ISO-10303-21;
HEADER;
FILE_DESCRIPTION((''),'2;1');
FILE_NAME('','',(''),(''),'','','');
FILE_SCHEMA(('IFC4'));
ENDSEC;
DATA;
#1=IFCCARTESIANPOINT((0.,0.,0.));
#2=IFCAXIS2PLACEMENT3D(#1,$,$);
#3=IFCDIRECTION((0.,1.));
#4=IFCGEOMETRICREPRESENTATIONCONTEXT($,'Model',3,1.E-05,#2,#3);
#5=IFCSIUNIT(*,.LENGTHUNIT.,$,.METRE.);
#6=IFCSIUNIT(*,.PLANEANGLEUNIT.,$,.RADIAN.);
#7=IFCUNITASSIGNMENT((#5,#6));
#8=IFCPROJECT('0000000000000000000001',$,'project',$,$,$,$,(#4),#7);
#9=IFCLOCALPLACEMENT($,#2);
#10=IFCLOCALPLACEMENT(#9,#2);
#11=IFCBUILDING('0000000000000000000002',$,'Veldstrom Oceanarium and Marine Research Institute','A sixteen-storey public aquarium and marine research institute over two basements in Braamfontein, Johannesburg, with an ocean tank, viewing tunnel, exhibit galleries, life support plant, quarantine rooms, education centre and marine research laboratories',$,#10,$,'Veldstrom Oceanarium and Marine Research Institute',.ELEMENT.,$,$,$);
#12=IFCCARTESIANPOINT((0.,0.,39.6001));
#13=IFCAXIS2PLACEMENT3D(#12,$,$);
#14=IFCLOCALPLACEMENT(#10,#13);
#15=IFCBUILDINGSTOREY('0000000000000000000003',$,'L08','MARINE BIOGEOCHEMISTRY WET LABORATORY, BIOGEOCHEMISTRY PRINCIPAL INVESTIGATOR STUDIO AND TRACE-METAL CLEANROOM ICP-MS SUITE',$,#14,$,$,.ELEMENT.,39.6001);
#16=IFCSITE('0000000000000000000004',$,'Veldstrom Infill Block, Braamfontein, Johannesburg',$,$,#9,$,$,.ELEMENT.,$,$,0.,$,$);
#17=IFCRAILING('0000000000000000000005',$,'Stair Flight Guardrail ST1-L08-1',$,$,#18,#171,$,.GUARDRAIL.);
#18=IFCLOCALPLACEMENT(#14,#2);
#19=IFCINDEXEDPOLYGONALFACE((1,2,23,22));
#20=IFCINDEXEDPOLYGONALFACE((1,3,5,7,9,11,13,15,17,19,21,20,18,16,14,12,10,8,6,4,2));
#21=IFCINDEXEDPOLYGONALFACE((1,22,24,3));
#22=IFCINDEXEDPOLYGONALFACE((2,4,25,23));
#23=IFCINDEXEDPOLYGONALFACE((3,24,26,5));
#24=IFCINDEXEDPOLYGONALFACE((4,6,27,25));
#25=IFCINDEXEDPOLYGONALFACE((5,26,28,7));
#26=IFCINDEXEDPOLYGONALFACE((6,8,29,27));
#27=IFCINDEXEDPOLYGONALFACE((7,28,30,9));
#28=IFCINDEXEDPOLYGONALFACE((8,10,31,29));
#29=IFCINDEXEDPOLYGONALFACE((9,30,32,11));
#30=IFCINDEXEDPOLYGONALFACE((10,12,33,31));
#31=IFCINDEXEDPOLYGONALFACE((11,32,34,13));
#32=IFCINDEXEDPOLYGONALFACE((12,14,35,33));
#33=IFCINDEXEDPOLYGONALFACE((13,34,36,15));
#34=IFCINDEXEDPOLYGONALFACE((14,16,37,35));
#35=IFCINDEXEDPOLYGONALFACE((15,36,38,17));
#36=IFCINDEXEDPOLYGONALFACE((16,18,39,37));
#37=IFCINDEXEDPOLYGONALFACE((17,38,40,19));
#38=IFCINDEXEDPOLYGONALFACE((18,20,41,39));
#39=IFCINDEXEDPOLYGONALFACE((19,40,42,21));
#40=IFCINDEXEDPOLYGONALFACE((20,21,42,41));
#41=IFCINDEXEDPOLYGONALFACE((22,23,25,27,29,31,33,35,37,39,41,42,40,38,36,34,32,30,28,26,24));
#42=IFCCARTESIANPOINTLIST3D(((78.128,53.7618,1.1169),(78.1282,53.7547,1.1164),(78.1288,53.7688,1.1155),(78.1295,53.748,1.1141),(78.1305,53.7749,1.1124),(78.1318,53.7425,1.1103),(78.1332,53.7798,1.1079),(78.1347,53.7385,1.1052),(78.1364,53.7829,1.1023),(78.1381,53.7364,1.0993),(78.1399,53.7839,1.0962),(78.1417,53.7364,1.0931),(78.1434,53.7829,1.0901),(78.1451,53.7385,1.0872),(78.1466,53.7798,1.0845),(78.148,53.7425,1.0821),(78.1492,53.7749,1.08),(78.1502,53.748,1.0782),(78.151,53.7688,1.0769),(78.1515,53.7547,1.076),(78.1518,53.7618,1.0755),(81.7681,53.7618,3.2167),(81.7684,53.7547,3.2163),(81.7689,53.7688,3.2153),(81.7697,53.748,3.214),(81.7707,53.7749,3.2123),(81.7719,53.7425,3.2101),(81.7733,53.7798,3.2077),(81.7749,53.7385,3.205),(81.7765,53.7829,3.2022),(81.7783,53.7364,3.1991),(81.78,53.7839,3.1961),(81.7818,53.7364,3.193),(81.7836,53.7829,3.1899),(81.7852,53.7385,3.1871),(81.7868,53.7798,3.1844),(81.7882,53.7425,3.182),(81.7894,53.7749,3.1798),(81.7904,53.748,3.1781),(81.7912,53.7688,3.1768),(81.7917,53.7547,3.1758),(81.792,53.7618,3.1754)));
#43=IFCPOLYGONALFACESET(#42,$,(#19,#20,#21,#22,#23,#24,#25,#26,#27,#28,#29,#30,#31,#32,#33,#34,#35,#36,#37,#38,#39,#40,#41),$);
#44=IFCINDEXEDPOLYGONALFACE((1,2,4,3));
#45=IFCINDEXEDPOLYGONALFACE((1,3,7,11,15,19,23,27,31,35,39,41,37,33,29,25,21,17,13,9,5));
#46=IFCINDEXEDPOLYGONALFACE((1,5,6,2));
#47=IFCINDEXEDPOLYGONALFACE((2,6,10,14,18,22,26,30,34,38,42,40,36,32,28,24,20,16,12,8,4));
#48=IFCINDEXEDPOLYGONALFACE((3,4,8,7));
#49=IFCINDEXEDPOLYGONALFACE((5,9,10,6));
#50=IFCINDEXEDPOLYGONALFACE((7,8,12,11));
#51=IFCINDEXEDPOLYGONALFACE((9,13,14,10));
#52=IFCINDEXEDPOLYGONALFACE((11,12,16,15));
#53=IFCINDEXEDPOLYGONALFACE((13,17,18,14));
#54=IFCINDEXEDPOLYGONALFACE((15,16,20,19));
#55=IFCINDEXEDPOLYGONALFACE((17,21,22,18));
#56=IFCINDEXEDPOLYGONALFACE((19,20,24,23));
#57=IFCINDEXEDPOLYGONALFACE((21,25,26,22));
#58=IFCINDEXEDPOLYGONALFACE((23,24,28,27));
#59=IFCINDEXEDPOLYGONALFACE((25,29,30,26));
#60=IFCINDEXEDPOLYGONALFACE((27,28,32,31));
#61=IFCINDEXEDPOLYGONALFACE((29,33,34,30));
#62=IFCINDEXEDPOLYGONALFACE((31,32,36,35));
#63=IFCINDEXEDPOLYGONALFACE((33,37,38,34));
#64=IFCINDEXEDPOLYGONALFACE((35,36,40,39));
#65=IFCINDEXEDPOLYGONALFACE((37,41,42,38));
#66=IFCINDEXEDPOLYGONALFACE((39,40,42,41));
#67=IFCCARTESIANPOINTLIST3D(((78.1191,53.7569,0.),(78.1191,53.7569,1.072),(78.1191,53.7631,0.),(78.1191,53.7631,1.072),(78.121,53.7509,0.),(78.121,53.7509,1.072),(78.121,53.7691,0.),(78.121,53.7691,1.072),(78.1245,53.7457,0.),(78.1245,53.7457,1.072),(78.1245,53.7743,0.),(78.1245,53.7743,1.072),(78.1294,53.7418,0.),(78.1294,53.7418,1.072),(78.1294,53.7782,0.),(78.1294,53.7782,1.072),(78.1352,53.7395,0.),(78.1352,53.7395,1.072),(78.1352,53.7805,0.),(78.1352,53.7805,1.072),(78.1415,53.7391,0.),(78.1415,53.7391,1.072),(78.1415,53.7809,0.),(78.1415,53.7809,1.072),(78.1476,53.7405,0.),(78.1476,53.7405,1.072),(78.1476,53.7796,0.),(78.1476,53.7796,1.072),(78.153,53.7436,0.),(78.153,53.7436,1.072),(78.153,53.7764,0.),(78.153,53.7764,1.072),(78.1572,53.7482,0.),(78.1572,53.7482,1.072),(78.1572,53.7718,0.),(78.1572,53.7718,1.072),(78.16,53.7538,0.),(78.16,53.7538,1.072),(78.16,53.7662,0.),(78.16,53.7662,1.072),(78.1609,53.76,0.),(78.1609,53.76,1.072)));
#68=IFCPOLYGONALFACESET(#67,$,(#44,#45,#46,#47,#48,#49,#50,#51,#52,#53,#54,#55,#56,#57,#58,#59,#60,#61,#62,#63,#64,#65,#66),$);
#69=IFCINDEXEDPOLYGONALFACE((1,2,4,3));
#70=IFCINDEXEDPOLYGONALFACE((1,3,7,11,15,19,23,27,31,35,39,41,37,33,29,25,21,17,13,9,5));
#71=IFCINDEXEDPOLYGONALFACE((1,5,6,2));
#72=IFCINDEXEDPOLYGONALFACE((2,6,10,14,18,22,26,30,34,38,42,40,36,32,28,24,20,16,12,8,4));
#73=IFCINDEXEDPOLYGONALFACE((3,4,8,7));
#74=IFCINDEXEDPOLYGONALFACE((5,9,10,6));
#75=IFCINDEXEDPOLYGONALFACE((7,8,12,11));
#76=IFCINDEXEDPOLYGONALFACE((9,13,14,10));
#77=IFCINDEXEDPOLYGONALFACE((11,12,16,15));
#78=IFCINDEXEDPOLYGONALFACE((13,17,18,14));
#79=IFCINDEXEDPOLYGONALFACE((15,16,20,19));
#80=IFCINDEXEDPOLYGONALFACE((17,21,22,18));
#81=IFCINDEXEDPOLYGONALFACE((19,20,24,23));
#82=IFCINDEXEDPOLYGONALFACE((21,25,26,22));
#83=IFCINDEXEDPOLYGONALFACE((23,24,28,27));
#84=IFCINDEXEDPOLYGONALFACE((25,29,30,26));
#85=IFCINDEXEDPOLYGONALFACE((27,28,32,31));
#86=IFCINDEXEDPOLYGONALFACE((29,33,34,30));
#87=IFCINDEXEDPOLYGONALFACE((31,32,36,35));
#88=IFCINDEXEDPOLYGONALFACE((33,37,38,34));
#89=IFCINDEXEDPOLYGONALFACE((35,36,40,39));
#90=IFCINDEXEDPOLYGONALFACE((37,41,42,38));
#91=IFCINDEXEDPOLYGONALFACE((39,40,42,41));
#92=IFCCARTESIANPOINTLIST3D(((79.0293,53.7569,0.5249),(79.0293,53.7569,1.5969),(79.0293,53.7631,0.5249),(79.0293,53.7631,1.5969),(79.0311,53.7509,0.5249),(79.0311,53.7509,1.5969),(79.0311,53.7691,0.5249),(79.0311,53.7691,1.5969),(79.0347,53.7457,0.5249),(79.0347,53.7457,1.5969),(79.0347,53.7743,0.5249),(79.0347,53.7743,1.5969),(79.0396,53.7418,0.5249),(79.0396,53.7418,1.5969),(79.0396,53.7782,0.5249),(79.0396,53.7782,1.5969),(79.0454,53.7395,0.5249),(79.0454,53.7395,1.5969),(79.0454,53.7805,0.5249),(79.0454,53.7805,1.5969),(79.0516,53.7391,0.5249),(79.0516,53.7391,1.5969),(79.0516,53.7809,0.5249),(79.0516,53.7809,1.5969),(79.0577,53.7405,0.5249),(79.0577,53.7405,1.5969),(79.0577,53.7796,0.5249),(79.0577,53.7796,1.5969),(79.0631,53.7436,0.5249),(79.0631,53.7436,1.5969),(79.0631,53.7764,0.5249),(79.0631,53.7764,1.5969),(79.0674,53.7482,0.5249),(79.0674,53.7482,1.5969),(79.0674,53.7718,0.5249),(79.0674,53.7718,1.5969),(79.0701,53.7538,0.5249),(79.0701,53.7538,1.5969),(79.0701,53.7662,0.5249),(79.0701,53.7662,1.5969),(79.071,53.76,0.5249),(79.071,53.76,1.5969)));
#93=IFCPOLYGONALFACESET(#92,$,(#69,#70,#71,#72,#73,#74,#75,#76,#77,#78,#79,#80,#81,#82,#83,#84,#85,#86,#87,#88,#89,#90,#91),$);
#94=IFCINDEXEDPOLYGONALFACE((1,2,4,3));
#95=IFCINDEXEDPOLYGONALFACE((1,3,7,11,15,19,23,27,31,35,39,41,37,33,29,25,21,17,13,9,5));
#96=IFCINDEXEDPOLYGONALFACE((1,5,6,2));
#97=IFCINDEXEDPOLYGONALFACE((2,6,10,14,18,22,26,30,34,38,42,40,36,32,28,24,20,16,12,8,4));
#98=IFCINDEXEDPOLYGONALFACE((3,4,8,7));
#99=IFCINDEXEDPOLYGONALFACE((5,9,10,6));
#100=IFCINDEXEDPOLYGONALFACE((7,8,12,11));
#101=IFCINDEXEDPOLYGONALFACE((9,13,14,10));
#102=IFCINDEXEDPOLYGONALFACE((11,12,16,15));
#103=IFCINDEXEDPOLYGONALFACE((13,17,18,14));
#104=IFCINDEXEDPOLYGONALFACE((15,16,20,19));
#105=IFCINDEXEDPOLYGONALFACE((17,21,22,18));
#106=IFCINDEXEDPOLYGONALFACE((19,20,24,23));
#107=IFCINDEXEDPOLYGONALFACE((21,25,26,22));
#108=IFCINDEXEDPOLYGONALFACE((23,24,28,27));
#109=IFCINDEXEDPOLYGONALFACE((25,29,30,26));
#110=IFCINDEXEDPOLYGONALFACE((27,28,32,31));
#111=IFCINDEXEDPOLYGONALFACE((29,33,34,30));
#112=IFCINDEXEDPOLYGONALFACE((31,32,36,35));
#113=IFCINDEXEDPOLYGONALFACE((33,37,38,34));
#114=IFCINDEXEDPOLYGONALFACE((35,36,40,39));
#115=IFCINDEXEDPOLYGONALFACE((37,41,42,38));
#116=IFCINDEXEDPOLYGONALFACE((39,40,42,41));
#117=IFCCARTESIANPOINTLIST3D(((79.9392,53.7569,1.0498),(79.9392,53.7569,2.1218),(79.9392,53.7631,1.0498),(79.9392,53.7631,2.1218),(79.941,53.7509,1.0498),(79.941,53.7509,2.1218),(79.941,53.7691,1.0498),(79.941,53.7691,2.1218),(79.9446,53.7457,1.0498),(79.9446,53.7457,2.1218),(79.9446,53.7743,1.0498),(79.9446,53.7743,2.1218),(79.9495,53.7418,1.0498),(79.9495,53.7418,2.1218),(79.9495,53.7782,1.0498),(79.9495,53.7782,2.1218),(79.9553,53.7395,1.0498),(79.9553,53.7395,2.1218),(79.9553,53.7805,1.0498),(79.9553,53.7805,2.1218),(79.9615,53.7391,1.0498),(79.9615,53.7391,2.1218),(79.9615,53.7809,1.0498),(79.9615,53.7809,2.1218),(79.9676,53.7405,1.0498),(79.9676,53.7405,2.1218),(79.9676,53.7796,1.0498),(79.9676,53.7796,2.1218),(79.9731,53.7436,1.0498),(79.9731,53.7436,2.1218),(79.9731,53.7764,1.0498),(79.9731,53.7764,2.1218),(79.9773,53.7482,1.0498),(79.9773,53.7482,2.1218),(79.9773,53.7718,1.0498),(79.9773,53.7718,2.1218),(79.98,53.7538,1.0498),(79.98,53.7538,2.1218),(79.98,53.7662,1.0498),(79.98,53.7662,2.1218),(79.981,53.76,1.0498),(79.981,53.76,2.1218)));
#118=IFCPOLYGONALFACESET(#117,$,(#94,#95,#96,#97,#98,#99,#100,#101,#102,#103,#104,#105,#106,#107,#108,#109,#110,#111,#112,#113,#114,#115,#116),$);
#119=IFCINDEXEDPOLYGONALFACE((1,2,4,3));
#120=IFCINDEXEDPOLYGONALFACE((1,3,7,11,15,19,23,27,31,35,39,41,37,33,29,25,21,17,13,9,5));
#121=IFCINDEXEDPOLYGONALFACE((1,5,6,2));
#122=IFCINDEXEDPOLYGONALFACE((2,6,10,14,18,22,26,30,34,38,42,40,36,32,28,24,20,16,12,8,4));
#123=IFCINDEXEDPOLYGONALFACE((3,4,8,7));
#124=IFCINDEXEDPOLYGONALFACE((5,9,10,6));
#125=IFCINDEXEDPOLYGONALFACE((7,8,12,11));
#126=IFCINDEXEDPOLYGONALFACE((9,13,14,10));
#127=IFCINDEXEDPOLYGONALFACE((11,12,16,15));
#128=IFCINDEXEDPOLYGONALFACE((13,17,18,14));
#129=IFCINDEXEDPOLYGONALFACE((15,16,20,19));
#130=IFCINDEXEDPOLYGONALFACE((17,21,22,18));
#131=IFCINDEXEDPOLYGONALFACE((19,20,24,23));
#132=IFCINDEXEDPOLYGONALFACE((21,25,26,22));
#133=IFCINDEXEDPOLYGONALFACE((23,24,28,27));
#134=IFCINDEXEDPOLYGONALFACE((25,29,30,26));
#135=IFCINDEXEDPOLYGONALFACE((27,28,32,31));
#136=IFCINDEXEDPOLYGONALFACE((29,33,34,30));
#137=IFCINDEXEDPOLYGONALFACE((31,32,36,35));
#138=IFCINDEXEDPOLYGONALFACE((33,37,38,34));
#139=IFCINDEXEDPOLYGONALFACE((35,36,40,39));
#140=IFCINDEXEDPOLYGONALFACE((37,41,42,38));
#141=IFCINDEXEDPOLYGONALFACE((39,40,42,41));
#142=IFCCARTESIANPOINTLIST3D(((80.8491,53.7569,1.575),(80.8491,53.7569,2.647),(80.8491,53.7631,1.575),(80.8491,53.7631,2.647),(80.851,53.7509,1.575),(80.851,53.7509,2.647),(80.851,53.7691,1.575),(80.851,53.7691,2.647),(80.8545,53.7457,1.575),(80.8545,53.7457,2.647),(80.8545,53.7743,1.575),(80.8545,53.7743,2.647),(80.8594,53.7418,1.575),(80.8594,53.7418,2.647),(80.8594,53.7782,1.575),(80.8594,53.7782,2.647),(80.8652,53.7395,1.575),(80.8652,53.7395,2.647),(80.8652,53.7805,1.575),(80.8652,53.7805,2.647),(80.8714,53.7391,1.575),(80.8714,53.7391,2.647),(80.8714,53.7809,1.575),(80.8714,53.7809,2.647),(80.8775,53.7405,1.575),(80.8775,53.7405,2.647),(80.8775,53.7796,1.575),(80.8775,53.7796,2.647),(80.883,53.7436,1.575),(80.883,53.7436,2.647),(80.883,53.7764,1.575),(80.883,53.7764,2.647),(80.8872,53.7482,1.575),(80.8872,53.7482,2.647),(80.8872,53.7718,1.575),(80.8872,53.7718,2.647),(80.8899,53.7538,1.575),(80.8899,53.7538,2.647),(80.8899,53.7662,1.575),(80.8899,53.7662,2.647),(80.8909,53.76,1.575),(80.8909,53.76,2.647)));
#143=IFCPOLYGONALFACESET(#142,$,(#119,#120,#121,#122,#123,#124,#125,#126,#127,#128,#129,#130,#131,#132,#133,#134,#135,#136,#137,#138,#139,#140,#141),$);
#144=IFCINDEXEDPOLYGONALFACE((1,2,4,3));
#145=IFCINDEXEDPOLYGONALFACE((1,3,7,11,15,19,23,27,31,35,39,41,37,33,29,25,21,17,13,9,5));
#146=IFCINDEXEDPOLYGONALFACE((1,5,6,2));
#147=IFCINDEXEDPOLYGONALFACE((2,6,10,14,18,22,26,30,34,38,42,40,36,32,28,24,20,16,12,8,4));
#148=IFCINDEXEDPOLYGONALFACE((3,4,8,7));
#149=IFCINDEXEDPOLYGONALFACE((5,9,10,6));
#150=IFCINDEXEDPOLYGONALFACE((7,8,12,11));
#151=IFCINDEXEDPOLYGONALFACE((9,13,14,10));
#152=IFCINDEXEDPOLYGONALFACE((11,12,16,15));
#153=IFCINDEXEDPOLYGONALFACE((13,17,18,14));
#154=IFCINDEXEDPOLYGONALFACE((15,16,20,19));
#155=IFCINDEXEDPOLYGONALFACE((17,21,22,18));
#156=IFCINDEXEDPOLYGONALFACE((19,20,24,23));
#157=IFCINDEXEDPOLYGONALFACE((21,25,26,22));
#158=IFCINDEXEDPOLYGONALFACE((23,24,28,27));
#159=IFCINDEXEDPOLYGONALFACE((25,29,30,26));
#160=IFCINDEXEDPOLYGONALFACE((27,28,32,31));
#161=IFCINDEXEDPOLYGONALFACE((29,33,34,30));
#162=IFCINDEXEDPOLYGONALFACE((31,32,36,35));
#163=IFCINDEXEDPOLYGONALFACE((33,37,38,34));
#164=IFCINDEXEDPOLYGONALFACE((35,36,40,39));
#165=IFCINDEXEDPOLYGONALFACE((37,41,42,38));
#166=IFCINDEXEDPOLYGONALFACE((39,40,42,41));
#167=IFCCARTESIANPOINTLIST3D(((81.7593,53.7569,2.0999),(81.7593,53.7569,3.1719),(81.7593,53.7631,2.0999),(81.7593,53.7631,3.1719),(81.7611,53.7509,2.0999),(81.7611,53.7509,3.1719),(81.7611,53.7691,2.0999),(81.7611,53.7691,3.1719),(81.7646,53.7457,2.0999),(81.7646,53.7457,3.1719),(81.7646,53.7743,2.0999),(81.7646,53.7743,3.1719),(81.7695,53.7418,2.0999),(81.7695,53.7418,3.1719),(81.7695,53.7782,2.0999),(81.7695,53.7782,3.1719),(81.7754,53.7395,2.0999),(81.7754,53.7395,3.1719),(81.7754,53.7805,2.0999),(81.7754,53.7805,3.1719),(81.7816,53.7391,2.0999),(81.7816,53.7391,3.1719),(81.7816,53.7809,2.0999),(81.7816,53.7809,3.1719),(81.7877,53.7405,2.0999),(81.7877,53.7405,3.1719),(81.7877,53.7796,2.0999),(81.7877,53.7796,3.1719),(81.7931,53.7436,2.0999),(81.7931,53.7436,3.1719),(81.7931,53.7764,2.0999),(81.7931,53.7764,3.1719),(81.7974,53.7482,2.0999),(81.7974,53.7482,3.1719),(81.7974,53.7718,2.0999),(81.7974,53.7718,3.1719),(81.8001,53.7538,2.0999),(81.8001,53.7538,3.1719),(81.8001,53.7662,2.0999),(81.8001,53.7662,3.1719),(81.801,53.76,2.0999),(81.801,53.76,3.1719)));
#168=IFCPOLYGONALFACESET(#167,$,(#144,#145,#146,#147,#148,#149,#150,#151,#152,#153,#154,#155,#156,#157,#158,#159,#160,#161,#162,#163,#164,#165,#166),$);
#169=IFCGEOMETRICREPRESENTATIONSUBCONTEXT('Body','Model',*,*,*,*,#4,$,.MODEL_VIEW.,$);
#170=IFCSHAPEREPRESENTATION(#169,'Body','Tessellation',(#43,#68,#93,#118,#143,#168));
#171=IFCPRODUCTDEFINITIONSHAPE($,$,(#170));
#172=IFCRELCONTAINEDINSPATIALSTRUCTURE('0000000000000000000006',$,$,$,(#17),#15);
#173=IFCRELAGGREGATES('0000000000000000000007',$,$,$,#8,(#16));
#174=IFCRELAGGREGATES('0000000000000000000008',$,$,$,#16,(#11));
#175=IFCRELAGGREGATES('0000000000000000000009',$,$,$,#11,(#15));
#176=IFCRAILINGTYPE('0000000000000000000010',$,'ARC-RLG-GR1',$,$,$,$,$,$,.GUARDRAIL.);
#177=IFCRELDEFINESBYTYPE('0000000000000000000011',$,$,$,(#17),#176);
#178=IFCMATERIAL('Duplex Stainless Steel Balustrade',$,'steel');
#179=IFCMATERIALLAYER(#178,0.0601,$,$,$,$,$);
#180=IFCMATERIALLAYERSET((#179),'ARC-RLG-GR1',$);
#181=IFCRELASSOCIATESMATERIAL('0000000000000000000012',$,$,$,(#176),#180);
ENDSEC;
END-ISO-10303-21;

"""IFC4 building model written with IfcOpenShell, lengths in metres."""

from ifc_helpers import new_model, si_unit, direction, frame, origin, origin_2d, place, context, subcontext, project, spatial, circle, extrude, material, layer, layer_set, type_object, element, save


model = new_model("IFC4")

# Units and contexts
model_context = context("Model", 3, precision=1e-05, world=origin(), true_north=direction((0.0, 1.0)))
body_context = subcontext(model_context, "Body", "Model", "MODEL_VIEW")
ifc_project = project(units=[si_unit("LENGTHUNIT", "METRE"), si_unit("PLANEANGLEUNIT", "RADIAN")], contexts=[model_context])

# Site, building, storey
site_placement = place(None, origin())
site = spatial("IfcSite", under=ifc_project, at=site_placement, Name="Veldstrom Infill Block, Braamfontein, Johannesburg", CompositionType="ELEMENT", RefElevation=0.0)
building_placement = place(site_placement, origin())
building = spatial("IfcBuilding", under=site, at=building_placement, Name="Veldstrom Oceanarium and Marine Research Institute", Description="A sixteen-storey public aquarium and marine research institute over two basements in Braamfontein, Johannesburg, with an ocean tank, viewing tunnel, exhibit galleries, life support plant, quarantine rooms, education centre and marine research laboratories", LongName="Veldstrom Oceanarium and Marine Research Institute", CompositionType="ELEMENT")
storey_placement = place(building_placement, frame((0.0, 0.0, 39.6001)))
storey = spatial("IfcBuildingStorey", under=building, at=storey_placement, Name="L08", Description="MARINE BIOGEOCHEMISTRY WET LABORATORY, BIOGEOCHEMISTRY PRINCIPAL INVESTIGATOR STUDIO AND TRACE-METAL CLEANROOM ICP-MS SUITE", CompositionType="ELEMENT", Elevation=39.6001)

# Railing
ifc_material_1 = material(Name="Duplex Stainless Steel Balustrade", Category="steel")
ifc_layer_1 = layer(ifc_material_1, 0.0601)
ifc_layer_set_1 = layer_set([ifc_layer_1], Name="ARC-RLG-GR1")
railing_type_1 = type_object("IfcRailingType", Name="ARC-RLG-GR1", PredefinedType="GUARDRAIL", material=ifc_layer_set_1)
railing_1_placement = place(storey_placement, frame((78.1399, 53.76, 0.0)))
element("IfcRailing", 1, at=railing_1_placement, inside=storey, type_object=railing_type_1, Name="Stair Flight Guardrail ST1-L08-1", PredefinedType="GUARDRAIL", context=body_context, shape_type="SweptSolid", body=[
    extrude(circle(Radius=0.0239, at=origin_2d()), frame((0.0, 0.0, 1.0962), z_axis=(0.866209, 0.0, 0.499682), x_axis=(0.0, 1.0, 0.0)), (0.0, 0.0, 1.0), 4.2024),
    extrude(circle(Radius=0.021, at=origin_2d()), origin(), (0.0, 0.0, 1.0), 1.072),
    extrude(circle(Radius=0.021, at=origin_2d()), frame((0.9102, 0.0, 0.5249)), (0.0, 0.0, 1.0), 1.072),
    extrude(circle(Radius=0.021, at=origin_2d()), frame((1.8201, 0.0, 1.0498)), (0.0, 0.0, 1.0), 1.072),
    extrude(circle(Radius=0.021, at=origin_2d()), frame((2.73, 0.0, 1.575)), (0.0, 0.0, 1.0), 1.072),
    extrude(circle(Radius=0.021, at=origin_2d()), frame((3.6401, 0.0, 2.0999)), (0.0, 0.0, 1.0), 1.072),
])

save(model, "model.ifc")
